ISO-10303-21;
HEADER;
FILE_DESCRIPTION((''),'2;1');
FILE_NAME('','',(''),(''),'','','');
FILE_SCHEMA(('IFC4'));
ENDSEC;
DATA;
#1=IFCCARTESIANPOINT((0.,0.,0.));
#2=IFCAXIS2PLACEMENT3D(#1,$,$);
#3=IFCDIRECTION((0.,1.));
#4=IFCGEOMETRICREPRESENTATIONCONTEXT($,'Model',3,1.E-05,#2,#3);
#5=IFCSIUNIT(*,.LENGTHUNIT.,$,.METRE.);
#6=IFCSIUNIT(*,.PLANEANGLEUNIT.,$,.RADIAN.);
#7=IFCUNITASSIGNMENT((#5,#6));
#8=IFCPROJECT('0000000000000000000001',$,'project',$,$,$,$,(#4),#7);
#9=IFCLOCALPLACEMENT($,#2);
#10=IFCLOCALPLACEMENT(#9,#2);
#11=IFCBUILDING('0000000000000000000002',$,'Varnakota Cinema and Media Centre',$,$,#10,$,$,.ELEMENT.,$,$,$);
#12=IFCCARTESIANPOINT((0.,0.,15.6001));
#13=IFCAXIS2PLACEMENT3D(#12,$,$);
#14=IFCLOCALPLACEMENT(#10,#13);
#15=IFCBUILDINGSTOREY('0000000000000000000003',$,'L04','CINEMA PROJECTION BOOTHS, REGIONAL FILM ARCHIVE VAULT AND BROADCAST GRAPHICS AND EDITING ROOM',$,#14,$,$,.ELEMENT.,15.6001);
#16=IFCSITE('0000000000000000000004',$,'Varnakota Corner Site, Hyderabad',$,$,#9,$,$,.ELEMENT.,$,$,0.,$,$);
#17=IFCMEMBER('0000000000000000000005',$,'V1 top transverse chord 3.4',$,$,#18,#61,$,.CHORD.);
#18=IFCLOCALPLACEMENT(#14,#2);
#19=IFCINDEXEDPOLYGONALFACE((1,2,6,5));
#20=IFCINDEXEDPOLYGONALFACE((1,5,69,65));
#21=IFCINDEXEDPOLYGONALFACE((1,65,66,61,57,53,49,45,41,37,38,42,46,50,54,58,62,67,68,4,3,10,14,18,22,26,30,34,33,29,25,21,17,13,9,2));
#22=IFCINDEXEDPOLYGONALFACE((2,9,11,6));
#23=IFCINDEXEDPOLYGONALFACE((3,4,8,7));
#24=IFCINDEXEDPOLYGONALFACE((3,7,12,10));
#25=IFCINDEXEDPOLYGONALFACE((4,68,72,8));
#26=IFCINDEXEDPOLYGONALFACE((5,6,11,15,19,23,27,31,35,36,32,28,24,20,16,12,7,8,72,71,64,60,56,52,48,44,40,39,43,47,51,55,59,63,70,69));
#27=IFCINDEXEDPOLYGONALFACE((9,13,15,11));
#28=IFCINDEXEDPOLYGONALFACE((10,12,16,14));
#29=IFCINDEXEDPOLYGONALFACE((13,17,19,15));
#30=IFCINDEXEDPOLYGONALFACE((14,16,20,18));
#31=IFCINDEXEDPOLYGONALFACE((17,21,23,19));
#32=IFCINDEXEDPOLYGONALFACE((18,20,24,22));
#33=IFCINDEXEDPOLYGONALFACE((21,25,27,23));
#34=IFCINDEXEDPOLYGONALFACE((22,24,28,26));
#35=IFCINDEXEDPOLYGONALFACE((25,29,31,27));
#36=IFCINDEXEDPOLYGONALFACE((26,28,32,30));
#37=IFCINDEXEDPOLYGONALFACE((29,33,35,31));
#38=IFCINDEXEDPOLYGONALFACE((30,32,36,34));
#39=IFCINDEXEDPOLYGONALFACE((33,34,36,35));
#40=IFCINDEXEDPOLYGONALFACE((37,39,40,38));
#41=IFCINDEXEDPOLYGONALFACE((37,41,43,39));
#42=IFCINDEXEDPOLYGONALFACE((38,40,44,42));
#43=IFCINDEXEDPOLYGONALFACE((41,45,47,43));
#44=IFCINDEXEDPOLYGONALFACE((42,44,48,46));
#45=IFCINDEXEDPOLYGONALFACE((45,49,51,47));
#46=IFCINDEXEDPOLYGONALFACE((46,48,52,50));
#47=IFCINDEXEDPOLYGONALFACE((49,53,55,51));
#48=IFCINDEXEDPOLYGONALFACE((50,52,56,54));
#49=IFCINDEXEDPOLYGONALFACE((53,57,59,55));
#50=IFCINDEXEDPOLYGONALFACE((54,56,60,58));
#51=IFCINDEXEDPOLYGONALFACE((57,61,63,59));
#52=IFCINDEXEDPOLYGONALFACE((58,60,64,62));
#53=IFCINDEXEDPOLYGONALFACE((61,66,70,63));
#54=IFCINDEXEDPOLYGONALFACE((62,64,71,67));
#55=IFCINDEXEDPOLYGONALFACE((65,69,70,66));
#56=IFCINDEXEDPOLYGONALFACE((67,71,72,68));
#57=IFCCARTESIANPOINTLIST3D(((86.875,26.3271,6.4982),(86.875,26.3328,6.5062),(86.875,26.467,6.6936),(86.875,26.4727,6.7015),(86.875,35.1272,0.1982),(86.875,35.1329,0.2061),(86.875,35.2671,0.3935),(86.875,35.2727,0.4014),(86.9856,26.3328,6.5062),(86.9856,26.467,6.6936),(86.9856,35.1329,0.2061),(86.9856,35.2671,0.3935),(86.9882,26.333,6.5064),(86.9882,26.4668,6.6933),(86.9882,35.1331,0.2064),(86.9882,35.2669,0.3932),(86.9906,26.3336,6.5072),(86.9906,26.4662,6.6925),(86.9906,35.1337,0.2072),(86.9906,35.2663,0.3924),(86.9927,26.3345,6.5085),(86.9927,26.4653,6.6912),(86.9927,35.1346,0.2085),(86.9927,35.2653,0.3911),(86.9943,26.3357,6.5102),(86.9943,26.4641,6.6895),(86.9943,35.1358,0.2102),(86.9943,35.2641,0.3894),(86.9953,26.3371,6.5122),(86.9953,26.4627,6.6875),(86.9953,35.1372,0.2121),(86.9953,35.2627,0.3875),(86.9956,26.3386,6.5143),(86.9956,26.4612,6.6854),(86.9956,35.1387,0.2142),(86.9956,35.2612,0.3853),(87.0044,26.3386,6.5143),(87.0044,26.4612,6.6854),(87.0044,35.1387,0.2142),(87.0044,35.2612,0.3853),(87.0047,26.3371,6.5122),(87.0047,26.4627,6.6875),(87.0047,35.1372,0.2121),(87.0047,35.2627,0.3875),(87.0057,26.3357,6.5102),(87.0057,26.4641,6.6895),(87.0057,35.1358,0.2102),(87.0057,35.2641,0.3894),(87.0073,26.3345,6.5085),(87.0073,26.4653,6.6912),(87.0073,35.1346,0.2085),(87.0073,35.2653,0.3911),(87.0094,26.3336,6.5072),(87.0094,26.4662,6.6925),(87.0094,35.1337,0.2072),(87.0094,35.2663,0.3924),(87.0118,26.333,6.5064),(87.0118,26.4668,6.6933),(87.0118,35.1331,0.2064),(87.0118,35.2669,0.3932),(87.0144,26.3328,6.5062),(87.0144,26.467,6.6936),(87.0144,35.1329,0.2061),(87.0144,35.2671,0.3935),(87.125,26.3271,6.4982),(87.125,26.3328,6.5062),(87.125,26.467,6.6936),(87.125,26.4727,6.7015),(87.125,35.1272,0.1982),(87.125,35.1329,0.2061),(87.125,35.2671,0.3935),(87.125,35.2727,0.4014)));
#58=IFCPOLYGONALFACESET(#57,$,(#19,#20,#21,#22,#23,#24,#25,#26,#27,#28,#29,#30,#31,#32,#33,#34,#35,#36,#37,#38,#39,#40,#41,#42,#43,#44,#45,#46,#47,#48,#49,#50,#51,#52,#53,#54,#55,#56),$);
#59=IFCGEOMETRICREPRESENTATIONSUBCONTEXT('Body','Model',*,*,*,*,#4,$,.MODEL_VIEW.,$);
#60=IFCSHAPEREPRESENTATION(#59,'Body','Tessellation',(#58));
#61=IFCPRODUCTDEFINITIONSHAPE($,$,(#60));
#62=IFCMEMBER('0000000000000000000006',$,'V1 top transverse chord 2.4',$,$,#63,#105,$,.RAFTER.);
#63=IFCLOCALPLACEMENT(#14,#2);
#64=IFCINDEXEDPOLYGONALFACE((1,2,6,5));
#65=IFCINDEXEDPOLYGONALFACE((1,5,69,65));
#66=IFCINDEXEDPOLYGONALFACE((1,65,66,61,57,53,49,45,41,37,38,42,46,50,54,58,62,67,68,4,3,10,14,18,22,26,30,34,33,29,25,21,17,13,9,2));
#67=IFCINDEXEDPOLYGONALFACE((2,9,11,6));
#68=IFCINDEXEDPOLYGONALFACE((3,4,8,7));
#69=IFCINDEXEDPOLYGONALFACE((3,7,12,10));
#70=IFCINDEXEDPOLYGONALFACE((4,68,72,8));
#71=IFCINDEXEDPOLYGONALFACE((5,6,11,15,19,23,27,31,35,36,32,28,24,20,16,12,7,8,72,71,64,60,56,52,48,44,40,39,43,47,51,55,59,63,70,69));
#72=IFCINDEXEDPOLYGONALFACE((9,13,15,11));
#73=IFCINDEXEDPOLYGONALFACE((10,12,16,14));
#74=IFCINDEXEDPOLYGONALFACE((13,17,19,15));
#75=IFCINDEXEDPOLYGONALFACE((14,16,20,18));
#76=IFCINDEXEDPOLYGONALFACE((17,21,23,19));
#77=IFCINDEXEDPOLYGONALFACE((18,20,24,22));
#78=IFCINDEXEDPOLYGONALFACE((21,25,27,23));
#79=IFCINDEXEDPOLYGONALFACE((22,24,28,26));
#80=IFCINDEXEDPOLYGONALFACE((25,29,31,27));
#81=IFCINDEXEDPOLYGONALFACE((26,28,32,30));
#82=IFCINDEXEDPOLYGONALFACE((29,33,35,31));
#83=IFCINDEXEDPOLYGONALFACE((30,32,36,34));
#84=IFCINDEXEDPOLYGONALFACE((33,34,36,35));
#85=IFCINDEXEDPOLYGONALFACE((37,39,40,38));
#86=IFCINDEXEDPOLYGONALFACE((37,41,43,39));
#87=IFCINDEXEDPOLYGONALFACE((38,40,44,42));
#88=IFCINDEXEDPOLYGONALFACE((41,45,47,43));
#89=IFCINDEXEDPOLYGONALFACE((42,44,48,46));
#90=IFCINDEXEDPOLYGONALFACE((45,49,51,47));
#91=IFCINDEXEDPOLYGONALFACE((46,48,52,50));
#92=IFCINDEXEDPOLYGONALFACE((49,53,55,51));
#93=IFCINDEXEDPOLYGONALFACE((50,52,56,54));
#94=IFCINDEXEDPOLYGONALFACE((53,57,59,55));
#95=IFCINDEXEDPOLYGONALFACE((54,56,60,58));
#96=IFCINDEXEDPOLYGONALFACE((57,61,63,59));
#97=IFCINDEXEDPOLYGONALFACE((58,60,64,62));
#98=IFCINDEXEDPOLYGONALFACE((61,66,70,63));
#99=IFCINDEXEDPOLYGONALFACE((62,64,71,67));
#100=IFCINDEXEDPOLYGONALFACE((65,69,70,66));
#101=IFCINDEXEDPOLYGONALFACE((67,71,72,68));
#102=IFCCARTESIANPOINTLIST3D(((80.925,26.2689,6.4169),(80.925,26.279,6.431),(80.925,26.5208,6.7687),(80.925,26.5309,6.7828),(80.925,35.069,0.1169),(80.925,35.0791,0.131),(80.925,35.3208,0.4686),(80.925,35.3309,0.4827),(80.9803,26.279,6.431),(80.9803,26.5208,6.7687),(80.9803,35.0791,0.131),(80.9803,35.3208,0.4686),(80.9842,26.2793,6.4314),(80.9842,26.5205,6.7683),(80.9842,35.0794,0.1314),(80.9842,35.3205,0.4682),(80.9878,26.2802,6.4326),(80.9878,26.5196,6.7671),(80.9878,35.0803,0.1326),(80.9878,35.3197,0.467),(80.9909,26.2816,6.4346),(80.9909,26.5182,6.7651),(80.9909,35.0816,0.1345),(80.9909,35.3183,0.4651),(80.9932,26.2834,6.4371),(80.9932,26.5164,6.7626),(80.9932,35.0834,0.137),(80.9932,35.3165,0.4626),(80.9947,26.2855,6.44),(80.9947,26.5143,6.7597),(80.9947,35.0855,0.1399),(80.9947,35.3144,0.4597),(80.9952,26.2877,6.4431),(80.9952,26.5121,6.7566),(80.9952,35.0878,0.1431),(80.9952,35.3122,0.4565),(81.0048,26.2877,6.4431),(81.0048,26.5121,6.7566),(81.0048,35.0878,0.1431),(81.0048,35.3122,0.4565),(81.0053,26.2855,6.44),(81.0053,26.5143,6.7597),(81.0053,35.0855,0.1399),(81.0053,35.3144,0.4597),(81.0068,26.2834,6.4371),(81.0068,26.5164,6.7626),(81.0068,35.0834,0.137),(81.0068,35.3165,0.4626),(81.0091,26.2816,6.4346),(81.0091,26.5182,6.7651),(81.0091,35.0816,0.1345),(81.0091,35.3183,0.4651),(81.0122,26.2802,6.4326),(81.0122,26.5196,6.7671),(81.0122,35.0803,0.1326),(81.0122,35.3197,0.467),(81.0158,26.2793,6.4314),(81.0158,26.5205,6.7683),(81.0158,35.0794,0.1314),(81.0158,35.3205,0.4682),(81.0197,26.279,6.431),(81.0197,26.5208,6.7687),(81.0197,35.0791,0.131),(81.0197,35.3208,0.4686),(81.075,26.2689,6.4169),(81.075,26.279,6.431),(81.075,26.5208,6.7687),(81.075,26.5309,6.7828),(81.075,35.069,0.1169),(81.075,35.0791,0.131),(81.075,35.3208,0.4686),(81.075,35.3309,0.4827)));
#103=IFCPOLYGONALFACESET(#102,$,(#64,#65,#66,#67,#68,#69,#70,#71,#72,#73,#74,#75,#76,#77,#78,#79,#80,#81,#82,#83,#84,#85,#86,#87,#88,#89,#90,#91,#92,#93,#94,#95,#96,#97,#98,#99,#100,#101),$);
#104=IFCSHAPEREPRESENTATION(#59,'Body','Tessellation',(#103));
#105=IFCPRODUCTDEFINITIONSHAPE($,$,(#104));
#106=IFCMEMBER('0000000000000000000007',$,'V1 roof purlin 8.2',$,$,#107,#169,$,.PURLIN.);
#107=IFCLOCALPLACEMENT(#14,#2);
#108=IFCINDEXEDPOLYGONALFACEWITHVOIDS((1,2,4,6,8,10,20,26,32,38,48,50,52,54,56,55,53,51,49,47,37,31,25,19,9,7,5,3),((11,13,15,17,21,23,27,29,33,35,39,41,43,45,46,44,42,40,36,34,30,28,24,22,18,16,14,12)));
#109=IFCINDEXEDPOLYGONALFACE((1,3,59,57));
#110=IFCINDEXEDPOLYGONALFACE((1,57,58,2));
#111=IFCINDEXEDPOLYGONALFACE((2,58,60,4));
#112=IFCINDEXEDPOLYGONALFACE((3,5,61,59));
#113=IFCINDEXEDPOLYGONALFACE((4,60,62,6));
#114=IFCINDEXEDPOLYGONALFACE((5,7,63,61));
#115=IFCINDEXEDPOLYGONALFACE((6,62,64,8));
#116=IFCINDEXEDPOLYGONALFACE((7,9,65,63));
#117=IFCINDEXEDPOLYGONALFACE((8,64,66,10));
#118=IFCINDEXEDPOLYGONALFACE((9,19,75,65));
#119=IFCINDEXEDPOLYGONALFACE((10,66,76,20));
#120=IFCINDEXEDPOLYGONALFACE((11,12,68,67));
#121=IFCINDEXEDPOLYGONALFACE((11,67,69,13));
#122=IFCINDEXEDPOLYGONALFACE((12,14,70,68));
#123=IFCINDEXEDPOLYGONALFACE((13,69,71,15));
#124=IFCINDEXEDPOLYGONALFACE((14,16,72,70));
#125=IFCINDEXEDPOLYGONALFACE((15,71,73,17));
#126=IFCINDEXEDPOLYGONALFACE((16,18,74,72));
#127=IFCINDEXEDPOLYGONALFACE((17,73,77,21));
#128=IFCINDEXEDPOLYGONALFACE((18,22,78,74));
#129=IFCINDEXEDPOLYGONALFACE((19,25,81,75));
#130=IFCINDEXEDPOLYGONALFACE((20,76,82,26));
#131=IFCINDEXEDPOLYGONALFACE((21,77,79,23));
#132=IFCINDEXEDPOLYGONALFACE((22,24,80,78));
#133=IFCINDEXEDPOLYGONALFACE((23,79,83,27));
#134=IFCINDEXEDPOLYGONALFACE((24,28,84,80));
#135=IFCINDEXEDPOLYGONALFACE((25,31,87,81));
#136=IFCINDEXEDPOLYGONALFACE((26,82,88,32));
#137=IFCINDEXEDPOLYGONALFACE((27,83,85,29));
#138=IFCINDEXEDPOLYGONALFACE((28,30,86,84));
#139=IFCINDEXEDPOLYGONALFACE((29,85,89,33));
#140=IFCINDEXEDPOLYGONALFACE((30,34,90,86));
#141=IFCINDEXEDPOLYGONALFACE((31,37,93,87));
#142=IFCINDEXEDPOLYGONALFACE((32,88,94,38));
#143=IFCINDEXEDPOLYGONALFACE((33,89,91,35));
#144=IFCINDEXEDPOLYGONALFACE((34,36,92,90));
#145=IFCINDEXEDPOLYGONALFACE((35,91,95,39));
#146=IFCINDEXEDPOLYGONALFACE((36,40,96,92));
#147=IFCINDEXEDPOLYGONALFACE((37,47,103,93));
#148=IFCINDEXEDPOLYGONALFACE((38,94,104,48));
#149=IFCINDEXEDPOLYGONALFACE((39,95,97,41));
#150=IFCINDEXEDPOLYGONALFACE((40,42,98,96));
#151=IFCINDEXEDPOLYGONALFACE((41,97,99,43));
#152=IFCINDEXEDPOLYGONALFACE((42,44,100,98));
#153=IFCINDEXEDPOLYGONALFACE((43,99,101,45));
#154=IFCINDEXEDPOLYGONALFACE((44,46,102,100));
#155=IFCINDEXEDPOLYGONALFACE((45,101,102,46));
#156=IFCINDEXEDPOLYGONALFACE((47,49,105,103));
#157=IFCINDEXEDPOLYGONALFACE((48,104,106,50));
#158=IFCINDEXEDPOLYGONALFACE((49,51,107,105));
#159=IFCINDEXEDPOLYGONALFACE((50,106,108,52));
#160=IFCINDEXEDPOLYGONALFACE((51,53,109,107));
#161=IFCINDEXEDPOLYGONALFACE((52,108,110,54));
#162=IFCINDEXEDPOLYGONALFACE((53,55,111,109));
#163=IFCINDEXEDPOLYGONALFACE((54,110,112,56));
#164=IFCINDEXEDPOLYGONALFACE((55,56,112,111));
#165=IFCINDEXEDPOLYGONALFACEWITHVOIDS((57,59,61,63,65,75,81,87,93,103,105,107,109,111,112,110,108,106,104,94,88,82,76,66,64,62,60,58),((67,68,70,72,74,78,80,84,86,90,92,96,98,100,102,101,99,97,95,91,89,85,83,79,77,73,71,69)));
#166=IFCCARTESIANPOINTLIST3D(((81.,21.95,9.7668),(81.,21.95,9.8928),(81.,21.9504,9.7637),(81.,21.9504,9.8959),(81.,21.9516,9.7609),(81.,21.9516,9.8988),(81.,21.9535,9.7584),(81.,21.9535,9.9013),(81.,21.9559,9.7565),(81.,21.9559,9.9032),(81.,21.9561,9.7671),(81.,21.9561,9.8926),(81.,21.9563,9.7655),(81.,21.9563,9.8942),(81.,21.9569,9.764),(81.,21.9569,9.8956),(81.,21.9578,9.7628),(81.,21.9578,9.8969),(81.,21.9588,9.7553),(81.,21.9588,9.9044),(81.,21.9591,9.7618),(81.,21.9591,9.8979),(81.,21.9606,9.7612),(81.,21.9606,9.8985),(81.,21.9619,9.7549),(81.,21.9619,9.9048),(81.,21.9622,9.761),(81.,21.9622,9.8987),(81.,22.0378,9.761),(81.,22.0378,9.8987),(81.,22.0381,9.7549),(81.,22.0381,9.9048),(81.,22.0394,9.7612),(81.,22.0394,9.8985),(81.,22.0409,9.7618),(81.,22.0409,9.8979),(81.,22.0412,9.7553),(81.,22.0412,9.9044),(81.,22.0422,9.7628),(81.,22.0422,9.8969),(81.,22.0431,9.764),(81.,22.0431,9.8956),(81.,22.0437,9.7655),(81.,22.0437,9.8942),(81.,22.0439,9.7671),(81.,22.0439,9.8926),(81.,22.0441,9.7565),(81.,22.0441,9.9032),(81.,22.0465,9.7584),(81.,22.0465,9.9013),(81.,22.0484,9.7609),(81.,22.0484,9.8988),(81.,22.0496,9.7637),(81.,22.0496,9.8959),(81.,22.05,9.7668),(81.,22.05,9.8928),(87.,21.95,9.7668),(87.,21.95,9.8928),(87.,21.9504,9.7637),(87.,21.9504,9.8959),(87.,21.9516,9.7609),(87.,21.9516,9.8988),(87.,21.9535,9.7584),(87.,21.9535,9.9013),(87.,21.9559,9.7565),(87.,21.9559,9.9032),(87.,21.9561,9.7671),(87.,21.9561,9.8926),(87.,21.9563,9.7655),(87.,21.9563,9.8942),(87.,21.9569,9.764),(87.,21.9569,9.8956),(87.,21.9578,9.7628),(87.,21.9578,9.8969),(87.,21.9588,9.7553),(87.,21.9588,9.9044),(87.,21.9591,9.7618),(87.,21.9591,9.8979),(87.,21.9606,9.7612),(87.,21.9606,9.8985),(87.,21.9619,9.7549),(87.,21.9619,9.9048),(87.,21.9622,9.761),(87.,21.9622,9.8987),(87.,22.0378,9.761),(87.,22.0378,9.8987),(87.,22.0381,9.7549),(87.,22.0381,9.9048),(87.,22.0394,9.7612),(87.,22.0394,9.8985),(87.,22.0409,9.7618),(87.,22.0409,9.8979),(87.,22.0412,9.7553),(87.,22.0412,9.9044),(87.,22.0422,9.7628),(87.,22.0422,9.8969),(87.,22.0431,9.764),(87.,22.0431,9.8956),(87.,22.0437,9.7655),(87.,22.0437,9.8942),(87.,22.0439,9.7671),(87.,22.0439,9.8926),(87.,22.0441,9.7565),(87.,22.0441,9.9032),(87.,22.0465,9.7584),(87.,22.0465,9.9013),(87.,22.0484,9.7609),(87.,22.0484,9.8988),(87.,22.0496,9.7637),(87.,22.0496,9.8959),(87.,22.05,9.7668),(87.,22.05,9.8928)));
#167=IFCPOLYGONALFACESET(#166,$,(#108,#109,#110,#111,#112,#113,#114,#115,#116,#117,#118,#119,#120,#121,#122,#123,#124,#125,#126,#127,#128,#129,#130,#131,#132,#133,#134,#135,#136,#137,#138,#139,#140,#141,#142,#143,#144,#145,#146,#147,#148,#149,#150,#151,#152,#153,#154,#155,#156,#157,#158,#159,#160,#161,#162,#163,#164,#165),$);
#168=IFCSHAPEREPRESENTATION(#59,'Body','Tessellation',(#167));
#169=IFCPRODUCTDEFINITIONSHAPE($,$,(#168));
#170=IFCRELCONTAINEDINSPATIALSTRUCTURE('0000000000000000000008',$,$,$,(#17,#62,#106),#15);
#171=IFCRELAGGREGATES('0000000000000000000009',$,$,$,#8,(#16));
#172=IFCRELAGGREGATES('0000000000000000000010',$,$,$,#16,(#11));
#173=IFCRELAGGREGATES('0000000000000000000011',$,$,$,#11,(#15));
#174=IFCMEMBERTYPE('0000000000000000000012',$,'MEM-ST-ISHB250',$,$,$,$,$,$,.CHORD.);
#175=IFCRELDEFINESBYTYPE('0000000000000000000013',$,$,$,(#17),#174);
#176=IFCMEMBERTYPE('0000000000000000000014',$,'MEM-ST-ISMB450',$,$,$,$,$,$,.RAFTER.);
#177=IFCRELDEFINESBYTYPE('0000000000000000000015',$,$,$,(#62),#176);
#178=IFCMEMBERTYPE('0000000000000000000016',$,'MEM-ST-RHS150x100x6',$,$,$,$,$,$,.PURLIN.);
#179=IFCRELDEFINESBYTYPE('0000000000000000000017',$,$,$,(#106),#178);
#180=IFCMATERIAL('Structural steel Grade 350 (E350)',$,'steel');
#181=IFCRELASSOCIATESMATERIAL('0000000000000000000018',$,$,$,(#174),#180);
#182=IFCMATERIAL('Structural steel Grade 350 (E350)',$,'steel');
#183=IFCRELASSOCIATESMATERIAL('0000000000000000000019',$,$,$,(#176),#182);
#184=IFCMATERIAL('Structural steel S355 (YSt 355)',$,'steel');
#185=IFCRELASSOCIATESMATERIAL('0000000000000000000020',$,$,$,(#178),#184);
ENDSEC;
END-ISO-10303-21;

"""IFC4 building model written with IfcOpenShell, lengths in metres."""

from ifc_helpers import new_model, si_unit, direction, frame, origin, origin_2d, place, context, subcontext, project, spatial, hollow_rectangle, i_section, extrude, material, material_profile, profile_set, type_object, element, save


model = new_model("IFC4")

# Units and contexts
model_context = context("Model", 3, precision=1e-05, world=origin(), true_north=direction((0.0, 1.0)))
body_context = subcontext(model_context, "Body", "Model", "MODEL_VIEW")
ifc_project = project(units=[si_unit("LENGTHUNIT", "METRE"), si_unit("PLANEANGLEUNIT", "RADIAN")], contexts=[model_context])

# Site, building, storey
site_placement = place(None, origin())
site = spatial("IfcSite", under=ifc_project, at=site_placement, Name="Varnakota Corner Site, Hyderabad", CompositionType="ELEMENT", RefElevation=0.0)
building_placement = place(site_placement, origin())
building = spatial("IfcBuilding", under=site, at=building_placement, Name="Varnakota Cinema and Media Centre", CompositionType="ELEMENT")
storey_placement = place(building_placement, frame((0.0, 0.0, 15.6001)))
storey = spatial("IfcBuildingStorey", under=building, at=storey_placement, Name="L04", Description="CINEMA PROJECTION BOOTHS, REGIONAL FILM ARCHIVE VAULT AND BROADCAST GRAPHICS AND EDITING ROOM", CompositionType="ELEMENT", Elevation=15.6001)

# Members
ifc_material_1 = material(Name="Structural steel Grade 350 (E350)", Category="steel")
ifc_material_profile_1 = material_profile(ifc_material_1, i_section(OverallWidth=0.25, OverallDepth=0.25, WebThickness=0.0088, FlangeThickness=0.0098, FilletRadius=0.01, at=origin_2d()), Name="ISHB 250")
ifc_profile_set_1 = profile_set([ifc_material_profile_1], Name="Structural steel Grade 350 (E350)")
member_type_1 = type_object("IfcMemberType", Name="MEM-ST-ISHB250", PredefinedType="CHORD", material=ifc_profile_set_1)
member_1_placement = place(storey_placement, frame((87.0, 26.3999, 6.5999), z_axis=(0.0, 0.813108, -0.582113), x_axis=(-1.0, 0.0, 0.0)))
element("IfcMember", 1, at=member_1_placement, inside=storey, type_object=member_type_1, Name="V1 top transverse chord 3.4", PredefinedType="CHORD", context=body_context, shape_type="SweptSolid", body=[
    extrude(i_section(OverallWidth=0.25, OverallDepth=0.25, WebThickness=0.0088, FlangeThickness=0.0098, FilletRadius=0.01, at=origin_2d()), origin(), (0.0, 0.0, 1.0), 10.8228),
])
ifc_material_2 = material(Name="Structural steel Grade 350 (E350)", Category="steel")
ifc_material_profile_2 = material_profile(ifc_material_2, i_section(OverallWidth=0.1499, OverallDepth=0.45, WebThickness=0.0095, FlangeThickness=0.0173, FilletRadius=0.0149, at=origin_2d()), Name="ISMB 450")
ifc_profile_set_2 = profile_set([ifc_material_profile_2], Name="Structural steel Grade 350 (E350)")
member_type_2 = type_object("IfcMemberType", Name="MEM-ST-ISMB450", PredefinedType="RAFTER", material=ifc_profile_set_2)
member_2_placement = place(storey_placement, frame((81.0, 26.3999, 6.5999), z_axis=(0.0, 0.813108, -0.582113), x_axis=(-1.0, 0.0, 0.0)))
element("IfcMember", 2, at=member_2_placement, inside=storey, type_object=member_type_2, Name="V1 top transverse chord 2.4", PredefinedType="RAFTER", context=body_context, shape_type="SweptSolid", body=[
    extrude(i_section(OverallWidth=0.1499, OverallDepth=0.45, WebThickness=0.0095, FlangeThickness=0.0173, FilletRadius=0.0149, at=origin_2d()), origin(), (0.0, 0.0, 1.0), 10.8228),
])
ifc_material_3 = material(Name="Structural steel S355 (YSt 355)", Category="steel")
ifc_material_profile_3 = material_profile(ifc_material_3, hollow_rectangle(XDim=0.1001, YDim=0.1499, WallThickness=0.0061, InnerFilletRadius=0.0061, OuterFilletRadius=0.012, at=origin_2d()), Name="RHS 150x100x6")
ifc_profile_set_3 = profile_set([ifc_material_profile_3], Name="Structural steel S355 (YSt 355)")
member_type_3 = type_object("IfcMemberType", Name="MEM-ST-RHS150x100x6", PredefinedType="PURLIN", material=ifc_profile_set_3)
for number, where, z_axis, x_axis, name in (
    (3, (81.0, 22.0, 9.8298), (1.0, 0.0, 0.0), (0.0, 1.0, 0.0), "V1 roof purlin 8.2"),
):
    element("IfcMember", number, at=place(storey_placement, frame(where, z_axis=z_axis, x_axis=x_axis)), inside=storey, type_object=member_type_3, Name=name, PredefinedType="PURLIN", context=body_context, shape_type="SweptSolid", body=[
        extrude(hollow_rectangle(XDim=0.1001, YDim=0.1499, WallThickness=0.0061, InnerFilletRadius=0.0061, OuterFilletRadius=0.012, at=origin_2d()), origin(), (0.0, 0.0, 1.0), 6.0),
    ])

save(model, "model.ifc")
